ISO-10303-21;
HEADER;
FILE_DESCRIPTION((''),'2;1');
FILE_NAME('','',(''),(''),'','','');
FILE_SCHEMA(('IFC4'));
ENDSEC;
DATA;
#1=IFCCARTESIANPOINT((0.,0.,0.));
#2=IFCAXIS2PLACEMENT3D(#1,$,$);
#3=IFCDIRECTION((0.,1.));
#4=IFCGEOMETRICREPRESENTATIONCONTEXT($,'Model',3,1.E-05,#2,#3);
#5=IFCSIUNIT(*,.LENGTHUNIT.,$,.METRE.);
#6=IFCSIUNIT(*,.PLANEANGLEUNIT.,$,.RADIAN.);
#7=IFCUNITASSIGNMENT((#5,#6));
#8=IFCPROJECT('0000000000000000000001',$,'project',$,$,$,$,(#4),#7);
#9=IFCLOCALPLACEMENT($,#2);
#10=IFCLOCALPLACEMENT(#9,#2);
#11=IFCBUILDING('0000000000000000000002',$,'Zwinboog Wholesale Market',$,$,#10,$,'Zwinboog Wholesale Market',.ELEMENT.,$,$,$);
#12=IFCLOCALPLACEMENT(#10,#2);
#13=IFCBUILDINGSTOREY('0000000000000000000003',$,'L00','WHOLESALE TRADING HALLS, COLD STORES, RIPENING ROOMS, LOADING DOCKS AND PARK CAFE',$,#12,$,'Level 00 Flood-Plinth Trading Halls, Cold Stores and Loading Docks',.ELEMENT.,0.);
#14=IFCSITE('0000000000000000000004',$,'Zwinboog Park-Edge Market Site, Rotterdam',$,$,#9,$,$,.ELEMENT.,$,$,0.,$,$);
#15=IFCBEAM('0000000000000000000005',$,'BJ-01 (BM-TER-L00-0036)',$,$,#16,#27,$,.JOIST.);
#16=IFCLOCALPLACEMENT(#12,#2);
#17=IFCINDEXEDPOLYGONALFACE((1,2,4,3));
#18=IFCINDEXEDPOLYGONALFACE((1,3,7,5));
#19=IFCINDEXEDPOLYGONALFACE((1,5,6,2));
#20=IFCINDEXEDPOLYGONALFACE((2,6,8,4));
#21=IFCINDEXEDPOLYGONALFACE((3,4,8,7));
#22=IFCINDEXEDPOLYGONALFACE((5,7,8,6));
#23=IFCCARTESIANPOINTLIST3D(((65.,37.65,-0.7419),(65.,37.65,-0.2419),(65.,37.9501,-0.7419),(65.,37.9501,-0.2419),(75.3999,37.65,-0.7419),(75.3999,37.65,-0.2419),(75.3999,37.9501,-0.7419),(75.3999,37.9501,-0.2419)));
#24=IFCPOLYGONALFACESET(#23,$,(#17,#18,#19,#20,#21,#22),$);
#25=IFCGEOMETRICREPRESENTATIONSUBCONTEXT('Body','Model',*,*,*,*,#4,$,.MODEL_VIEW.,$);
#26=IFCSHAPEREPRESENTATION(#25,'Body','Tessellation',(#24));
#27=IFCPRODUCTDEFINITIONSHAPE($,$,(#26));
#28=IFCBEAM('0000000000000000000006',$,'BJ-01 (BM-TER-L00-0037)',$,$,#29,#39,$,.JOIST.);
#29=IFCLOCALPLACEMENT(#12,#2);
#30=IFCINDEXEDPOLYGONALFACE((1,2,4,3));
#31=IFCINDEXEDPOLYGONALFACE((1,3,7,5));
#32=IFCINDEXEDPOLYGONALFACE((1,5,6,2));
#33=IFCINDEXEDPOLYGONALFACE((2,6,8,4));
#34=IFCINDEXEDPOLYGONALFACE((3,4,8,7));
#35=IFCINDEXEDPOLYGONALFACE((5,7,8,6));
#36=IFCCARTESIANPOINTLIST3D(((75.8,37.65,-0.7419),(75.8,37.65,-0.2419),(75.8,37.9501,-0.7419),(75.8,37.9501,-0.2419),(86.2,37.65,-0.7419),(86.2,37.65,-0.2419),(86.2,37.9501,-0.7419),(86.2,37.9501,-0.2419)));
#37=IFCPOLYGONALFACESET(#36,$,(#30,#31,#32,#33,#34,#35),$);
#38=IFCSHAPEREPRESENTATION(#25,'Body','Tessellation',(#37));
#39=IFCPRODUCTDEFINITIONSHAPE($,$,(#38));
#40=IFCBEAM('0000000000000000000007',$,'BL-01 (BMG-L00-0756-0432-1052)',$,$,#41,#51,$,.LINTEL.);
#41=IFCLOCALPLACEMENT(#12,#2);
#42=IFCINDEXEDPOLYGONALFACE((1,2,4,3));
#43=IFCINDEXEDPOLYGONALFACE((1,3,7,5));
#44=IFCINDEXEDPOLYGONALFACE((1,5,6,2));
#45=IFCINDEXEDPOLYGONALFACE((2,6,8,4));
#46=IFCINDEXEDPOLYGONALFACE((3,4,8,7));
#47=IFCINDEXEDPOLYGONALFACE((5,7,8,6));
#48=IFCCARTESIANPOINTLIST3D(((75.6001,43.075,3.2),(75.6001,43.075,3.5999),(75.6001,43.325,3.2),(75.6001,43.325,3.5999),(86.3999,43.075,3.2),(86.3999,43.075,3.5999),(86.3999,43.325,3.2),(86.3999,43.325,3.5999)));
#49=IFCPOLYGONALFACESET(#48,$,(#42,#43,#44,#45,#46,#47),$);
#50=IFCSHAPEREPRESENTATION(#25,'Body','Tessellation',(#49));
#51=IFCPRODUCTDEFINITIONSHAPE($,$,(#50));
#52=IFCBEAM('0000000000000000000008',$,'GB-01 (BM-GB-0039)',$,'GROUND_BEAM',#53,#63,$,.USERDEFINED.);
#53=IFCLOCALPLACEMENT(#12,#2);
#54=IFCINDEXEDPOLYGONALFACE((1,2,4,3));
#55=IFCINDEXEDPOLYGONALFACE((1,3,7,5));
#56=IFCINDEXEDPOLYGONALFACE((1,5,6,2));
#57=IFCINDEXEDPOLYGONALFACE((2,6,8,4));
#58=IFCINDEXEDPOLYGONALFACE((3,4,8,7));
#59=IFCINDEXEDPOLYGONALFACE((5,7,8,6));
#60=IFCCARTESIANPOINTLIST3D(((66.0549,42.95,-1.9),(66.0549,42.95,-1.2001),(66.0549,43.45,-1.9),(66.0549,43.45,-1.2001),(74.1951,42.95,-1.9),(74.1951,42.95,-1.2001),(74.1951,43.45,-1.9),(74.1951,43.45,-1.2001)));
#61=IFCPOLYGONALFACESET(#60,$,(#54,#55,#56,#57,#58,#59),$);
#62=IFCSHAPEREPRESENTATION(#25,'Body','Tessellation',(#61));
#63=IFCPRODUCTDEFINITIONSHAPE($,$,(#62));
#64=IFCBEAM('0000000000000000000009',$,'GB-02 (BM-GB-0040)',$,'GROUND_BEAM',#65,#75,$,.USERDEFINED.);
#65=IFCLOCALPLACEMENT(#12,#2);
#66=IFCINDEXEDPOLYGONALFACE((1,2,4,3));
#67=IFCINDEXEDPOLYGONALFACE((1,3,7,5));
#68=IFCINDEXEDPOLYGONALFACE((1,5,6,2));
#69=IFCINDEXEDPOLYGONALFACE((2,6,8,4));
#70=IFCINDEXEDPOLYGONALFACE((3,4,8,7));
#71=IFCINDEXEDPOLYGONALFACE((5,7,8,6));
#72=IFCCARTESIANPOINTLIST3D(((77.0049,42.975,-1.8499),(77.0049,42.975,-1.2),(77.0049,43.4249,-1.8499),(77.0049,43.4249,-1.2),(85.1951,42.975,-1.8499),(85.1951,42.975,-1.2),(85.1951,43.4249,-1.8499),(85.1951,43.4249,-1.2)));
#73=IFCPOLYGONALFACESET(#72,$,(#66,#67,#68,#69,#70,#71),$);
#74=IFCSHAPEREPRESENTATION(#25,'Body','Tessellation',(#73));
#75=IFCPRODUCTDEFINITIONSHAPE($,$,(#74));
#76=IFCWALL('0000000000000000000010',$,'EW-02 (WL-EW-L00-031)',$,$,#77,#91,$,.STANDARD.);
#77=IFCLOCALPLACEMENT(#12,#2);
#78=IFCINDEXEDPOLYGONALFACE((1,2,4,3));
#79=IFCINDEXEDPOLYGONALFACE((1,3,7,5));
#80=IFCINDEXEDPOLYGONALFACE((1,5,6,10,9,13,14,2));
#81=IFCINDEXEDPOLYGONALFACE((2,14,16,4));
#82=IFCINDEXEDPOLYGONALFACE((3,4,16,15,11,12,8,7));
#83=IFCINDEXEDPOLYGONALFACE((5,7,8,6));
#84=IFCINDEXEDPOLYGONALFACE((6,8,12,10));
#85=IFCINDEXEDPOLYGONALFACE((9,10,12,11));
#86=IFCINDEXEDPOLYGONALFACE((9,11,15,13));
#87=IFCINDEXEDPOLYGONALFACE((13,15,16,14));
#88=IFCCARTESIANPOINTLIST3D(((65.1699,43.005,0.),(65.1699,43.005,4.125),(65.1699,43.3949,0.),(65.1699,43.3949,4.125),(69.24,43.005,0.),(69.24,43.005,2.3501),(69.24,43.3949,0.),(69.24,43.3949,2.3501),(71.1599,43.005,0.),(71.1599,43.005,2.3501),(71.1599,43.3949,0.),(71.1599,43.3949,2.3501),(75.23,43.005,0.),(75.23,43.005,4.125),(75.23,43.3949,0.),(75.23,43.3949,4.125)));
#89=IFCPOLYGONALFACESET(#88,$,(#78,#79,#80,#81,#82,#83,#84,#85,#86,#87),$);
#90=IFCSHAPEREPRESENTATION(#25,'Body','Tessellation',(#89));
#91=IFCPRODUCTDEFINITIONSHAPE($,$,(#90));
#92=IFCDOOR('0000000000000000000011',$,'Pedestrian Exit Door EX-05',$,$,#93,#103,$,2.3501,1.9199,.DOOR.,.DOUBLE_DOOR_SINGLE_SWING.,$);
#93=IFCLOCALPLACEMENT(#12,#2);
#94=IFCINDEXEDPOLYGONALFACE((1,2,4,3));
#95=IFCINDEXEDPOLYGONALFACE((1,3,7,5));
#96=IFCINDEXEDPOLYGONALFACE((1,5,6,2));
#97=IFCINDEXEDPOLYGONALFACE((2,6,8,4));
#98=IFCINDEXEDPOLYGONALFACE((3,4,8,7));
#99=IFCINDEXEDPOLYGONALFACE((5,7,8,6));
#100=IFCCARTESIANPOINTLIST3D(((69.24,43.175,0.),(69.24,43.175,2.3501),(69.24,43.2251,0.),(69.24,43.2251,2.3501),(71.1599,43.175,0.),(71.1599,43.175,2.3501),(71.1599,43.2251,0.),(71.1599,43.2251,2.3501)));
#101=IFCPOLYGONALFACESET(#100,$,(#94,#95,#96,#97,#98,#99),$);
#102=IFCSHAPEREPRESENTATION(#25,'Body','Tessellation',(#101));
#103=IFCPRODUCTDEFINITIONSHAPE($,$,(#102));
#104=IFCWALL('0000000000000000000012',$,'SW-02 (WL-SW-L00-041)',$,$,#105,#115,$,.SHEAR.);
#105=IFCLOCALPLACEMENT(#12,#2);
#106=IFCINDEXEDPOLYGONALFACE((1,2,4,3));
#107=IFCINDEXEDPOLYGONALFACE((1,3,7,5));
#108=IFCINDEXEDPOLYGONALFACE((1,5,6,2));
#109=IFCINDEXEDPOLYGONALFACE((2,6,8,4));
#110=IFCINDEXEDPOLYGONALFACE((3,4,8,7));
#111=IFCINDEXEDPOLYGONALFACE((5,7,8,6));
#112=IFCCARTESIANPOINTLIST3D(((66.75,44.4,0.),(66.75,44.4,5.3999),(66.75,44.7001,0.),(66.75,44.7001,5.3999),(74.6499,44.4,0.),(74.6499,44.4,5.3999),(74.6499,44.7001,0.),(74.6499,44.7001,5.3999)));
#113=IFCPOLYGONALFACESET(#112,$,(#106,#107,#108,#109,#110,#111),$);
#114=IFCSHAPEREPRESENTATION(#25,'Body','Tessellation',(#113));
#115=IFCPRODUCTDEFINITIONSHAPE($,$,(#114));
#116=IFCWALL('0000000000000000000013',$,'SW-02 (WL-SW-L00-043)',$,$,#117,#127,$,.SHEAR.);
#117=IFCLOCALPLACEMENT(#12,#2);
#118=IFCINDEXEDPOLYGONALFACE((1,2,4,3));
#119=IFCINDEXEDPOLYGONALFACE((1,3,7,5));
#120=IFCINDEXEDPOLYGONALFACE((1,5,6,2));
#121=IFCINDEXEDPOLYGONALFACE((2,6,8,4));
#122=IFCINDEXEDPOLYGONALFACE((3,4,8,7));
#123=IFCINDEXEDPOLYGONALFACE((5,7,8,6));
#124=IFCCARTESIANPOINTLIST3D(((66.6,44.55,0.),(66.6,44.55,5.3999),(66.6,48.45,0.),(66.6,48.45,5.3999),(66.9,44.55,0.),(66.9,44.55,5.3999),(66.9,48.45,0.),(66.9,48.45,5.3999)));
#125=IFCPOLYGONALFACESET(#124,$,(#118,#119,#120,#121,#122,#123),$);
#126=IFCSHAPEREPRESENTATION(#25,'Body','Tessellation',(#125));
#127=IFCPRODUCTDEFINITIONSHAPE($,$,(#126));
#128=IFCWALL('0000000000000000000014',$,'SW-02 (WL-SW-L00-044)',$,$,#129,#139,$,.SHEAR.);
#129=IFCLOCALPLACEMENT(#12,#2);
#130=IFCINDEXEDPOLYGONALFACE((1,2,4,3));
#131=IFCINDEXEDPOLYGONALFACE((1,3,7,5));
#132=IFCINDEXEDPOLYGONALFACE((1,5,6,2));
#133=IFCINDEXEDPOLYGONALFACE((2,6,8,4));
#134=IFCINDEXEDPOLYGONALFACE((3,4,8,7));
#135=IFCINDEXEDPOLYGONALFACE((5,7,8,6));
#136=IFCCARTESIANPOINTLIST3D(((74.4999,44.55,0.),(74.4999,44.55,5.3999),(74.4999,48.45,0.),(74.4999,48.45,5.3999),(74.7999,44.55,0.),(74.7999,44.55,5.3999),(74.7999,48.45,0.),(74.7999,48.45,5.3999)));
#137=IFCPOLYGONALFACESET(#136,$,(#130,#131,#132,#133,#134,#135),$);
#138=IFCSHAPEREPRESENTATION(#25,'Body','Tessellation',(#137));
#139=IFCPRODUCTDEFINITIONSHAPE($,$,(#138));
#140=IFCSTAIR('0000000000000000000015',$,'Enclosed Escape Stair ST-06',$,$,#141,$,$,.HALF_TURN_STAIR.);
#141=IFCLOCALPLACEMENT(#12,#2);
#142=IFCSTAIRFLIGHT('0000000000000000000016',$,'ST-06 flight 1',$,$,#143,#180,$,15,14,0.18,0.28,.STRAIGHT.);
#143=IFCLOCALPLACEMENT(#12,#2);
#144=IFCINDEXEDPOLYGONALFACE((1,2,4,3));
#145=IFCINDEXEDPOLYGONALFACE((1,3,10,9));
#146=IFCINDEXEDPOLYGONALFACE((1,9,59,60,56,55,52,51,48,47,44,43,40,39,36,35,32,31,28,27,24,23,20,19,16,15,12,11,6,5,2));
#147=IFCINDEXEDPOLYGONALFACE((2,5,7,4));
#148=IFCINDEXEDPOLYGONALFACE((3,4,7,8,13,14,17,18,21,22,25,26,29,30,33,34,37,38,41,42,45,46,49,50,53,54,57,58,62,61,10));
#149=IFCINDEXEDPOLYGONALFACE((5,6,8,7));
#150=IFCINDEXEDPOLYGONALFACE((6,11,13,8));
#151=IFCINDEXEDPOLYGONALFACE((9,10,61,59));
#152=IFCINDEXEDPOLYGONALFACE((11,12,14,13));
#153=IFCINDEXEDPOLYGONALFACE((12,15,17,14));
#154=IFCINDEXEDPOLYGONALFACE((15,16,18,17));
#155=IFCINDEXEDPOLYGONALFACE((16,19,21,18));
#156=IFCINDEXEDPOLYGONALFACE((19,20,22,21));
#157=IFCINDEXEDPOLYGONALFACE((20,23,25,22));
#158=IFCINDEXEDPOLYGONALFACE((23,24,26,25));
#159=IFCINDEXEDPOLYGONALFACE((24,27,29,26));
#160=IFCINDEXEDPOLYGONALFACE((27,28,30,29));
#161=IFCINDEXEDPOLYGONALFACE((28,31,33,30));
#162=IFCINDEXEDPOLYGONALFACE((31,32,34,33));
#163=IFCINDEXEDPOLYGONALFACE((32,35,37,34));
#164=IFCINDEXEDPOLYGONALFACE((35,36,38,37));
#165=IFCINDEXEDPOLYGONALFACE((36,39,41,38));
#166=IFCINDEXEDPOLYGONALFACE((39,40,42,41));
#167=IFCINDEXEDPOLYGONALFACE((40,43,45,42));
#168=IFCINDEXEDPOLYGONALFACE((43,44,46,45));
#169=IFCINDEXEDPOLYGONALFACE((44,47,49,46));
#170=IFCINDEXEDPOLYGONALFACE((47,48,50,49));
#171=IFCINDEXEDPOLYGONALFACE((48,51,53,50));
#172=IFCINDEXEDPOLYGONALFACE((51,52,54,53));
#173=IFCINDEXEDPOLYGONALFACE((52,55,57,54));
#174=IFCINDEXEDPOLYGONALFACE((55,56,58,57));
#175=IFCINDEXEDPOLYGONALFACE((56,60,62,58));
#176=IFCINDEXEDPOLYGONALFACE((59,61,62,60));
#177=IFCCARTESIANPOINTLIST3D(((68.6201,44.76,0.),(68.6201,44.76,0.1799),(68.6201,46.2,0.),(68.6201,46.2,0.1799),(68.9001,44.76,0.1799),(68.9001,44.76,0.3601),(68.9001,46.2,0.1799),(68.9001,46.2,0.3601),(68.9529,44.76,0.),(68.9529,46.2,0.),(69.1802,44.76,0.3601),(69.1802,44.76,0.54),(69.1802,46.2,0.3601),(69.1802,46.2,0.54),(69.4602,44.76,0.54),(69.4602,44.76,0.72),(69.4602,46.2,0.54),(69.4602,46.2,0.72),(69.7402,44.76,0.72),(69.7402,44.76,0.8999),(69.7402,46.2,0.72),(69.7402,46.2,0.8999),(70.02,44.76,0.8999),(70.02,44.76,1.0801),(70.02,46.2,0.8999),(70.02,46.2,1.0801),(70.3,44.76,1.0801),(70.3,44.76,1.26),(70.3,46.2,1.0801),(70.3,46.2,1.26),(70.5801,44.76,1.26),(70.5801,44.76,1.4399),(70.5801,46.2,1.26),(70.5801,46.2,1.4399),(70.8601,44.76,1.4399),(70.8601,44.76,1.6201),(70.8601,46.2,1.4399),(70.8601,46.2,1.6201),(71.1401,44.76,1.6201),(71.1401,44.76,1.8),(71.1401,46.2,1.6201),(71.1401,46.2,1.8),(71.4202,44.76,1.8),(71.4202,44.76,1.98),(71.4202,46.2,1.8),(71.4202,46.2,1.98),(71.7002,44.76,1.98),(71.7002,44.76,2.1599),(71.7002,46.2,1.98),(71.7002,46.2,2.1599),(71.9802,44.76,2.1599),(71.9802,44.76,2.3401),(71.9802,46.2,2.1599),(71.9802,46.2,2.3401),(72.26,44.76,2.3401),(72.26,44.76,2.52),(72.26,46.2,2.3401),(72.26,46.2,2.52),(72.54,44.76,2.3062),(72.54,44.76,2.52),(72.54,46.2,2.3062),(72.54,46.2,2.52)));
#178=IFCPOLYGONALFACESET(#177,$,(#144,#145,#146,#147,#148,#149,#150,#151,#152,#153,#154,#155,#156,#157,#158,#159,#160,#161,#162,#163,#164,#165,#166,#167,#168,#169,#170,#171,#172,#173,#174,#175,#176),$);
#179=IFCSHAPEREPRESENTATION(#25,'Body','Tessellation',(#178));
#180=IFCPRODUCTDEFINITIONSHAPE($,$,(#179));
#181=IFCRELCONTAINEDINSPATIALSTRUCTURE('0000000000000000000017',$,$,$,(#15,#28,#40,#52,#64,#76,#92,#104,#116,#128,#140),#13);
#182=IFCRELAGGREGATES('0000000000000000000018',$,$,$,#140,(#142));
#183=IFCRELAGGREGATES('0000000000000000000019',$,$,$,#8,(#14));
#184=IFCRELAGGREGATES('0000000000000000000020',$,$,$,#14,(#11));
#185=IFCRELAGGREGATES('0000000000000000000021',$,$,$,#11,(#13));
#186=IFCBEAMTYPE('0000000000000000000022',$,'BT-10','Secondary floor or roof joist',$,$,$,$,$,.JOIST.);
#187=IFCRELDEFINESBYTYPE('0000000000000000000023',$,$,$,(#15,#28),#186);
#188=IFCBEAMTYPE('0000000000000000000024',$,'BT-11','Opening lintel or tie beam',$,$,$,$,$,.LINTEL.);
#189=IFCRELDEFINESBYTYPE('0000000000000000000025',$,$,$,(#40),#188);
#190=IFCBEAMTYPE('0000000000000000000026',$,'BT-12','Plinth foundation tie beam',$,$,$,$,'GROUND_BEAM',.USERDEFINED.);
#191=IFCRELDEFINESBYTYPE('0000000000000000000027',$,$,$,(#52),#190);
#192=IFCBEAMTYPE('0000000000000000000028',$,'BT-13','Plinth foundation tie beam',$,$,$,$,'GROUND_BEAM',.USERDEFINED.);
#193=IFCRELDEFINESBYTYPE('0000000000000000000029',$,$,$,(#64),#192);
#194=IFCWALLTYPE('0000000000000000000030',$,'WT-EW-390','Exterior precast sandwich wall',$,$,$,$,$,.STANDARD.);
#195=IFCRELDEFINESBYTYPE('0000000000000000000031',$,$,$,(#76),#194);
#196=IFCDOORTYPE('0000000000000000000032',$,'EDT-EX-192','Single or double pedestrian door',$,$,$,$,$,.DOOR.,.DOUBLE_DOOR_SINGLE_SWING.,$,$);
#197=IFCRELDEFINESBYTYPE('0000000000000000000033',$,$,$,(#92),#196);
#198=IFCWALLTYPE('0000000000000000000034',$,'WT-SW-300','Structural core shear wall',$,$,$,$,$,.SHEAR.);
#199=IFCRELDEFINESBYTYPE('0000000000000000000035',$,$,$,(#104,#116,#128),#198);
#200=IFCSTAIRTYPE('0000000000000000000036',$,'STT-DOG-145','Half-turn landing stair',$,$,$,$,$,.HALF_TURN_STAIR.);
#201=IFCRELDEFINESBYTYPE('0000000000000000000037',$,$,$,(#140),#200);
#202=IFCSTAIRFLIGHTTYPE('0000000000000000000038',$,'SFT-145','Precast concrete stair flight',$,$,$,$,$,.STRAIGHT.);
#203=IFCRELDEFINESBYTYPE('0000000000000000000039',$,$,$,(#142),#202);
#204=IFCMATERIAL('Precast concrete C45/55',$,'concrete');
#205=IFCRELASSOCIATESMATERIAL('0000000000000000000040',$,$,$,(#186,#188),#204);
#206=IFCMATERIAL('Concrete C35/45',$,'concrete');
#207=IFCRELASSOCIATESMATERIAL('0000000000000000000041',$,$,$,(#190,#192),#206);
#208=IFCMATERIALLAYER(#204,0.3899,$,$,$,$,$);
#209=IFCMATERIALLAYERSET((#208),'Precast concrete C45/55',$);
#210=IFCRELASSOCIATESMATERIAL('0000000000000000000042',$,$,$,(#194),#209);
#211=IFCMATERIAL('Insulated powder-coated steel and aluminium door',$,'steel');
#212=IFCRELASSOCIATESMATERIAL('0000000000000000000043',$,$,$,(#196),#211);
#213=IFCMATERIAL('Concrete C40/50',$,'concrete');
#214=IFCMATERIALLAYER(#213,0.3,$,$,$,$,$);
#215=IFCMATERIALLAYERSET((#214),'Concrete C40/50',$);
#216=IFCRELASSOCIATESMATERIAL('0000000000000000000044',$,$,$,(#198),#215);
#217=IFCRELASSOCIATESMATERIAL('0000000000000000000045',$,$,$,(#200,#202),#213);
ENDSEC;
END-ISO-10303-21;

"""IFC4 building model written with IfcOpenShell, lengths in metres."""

from ifc_helpers import new_model, si_unit, direction, frame, frame_2d, origin, origin_2d, place, context, subcontext, project, spatial, polyline, rectangle, outline, extrude, material, layer, layer_set, material_profile, profile_set, type_object, element, fill, aggregate, save


model = new_model("IFC4")

# Units and contexts
model_context = context("Model", 3, precision=1e-05, world=origin(), true_north=direction((0.0, 1.0)))
body_context = subcontext(model_context, "Body", "Model", "MODEL_VIEW")
ifc_project = project(units=[si_unit("LENGTHUNIT", "METRE"), si_unit("PLANEANGLEUNIT", "RADIAN")], contexts=[model_context])

# Site, building, storey
site_placement = place(None, origin())
site = spatial("IfcSite", under=ifc_project, at=site_placement, Name="Zwinboog Park-Edge Market Site, Rotterdam", CompositionType="ELEMENT", RefElevation=0.0)
building_placement = place(site_placement, origin())
building = spatial("IfcBuilding", under=site, at=building_placement, Name="Zwinboog Wholesale Market", LongName="Zwinboog Wholesale Market", CompositionType="ELEMENT")
storey_placement = place(building_placement, origin())
storey = spatial("IfcBuildingStorey", under=building, at=storey_placement, Name="L00", Description="WHOLESALE TRADING HALLS, COLD STORES, RIPENING ROOMS, LOADING DOCKS AND PARK CAFE", LongName="Level 00 Flood-Plinth Trading Halls, Cold Stores and Loading Docks", CompositionType="ELEMENT", Elevation=0.0)

# Shared definitions
ifc_material_1 = material(Name="Concrete C40/50", Category="concrete")

# Shared definitions
ifc_material_2 = material(Name="Concrete C35/45", Category="concrete")

# Shared definitions
ifc_material_3 = material(Name="Precast concrete C45/55", Category="concrete")

# Beams
ifc_material_profile_1 = material_profile(ifc_material_3, rectangle(XDim=0.3, YDim=0.5, at=origin_2d()), Name="PC 300x500")
ifc_profile_set_1 = profile_set([ifc_material_profile_1], Name="Precast concrete C45/55")
beam_type_1 = type_object("IfcBeamType", Name="BT-10", Description="Secondary floor or roof joist", PredefinedType="JOIST", material=ifc_profile_set_1)
for number, where, z_axis, x_axis, name in (
    (1, (65.0, 37.8, -0.4919), (1.0, 0.0, 0.0), (0.0, 1.0, 0.0), "BJ-01 (BM-TER-L00-0036)"),
    (2, (75.8, 37.8, -0.4919), (1.0, 0.0, 0.0), (0.0, 1.0, 0.0), "BJ-01 (BM-TER-L00-0037)"),
):
    element("IfcBeam", number, at=place(storey_placement, frame(where, z_axis=z_axis, x_axis=x_axis)), inside=storey, type_object=beam_type_1, Name=name, PredefinedType="JOIST", context=body_context, shape_type="SweptSolid", body=[
        extrude(rectangle(XDim=0.3, YDim=0.5, at=origin_2d()), origin(), (0.0, 0.0, 1.0), 10.3999),
    ])
ifc_material_profile_2 = material_profile(ifc_material_3, rectangle(XDim=0.25, YDim=0.3999, at=origin_2d()), Name="PC 250x400")
ifc_profile_set_2 = profile_set([ifc_material_profile_2], Name="Precast concrete C45/55")
beam_type_2 = type_object("IfcBeamType", Name="BT-11", Description="Opening lintel or tie beam", PredefinedType="LINTEL", material=ifc_profile_set_2)
beam_1_placement = place(storey_placement, frame((75.6001, 43.2, 3.3999), z_axis=(1.0, 0.0, 0.0), x_axis=(0.0, 1.0, 0.0)))
element("IfcBeam", 3, at=beam_1_placement, inside=storey, type_object=beam_type_2, Name="BL-01 (BMG-L00-0756-0432-1052)", PredefinedType="LINTEL", context=body_context, shape_type="SweptSolid", body=[
    extrude(rectangle(XDim=0.25, YDim=0.3999, at=origin_2d()), origin(), (0.0, 0.0, 1.0), 10.7998),
])
ifc_material_profile_3 = material_profile(ifc_material_2, rectangle(XDim=0.5, YDim=0.7, at=origin_2d()), Name="RC 500x700")
ifc_profile_set_3 = profile_set([ifc_material_profile_3], Name="Concrete C35/45")
beam_type_3 = type_object("IfcBeamType", Name="BT-12", Description="Plinth foundation tie beam", ElementType="GROUND_BEAM", PredefinedType="USERDEFINED", material=ifc_profile_set_3)
beam_2_placement = place(storey_placement, frame((66.0549, 43.2, -1.55), z_axis=(1.0, 0.0, 0.0), x_axis=(0.0, 1.0, 0.0)))
element("IfcBeam", 4, at=beam_2_placement, inside=storey, type_object=beam_type_3, Name="GB-01 (BM-GB-0039)", ObjectType="GROUND_BEAM", PredefinedType="USERDEFINED", context=body_context, shape_type="SweptSolid", body=[
    extrude(rectangle(XDim=0.5, YDim=0.7, at=origin_2d()), origin(), (0.0, 0.0, 1.0), 8.1401),
])
ifc_material_profile_4 = material_profile(ifc_material_2, rectangle(XDim=0.45, YDim=0.6499, at=origin_2d()), Name="RC 450x650")
ifc_profile_set_4 = profile_set([ifc_material_profile_4], Name="Concrete C35/45")
beam_type_4 = type_object("IfcBeamType", Name="BT-13", Description="Plinth foundation tie beam", ElementType="GROUND_BEAM", PredefinedType="USERDEFINED", material=ifc_profile_set_4)
beam_3_placement = place(storey_placement, frame((77.0049, 43.2, -1.5249), z_axis=(1.0, 0.0, 0.0), x_axis=(0.0, 1.0, 0.0)))
element("IfcBeam", 5, at=beam_3_placement, inside=storey, type_object=beam_type_4, Name="GB-02 (BM-GB-0040)", ObjectType="GROUND_BEAM", PredefinedType="USERDEFINED", context=body_context, shape_type="SweptSolid", body=[
    extrude(rectangle(XDim=0.45, YDim=0.6499, at=origin_2d()), origin(), (0.0, 0.0, 1.0), 8.1902),
])

# Wall, opening, door
ifc_layer_1 = layer(ifc_material_3, 0.3899)
ifc_layer_set_1 = layer_set([ifc_layer_1], Name="Precast concrete C45/55")
wall_type_1 = type_object("IfcWallType", Name="WT-EW-390", Description="Exterior precast sandwich wall", PredefinedType="STANDARD", material=ifc_layer_set_1)
wall_1_placement = place(storey_placement, frame((65.1699, 43.2, 0.0), z_axis=(0.0, 0.0, 1.0), x_axis=(1.0, 0.0, 0.0)))
wall_1 = element("IfcWall", 6, at=wall_1_placement, inside=storey, type_object=wall_type_1, Name="EW-02 (WL-EW-L00-031)", PredefinedType="STANDARD", context=body_context, shape_type="SweptSolid", body=[
    extrude(rectangle(XDim=10.0601, YDim=0.3899, at=frame_2d((5.03, 0.0))), origin(), (0.0, 0.0, 1.0), 4.125),
])
opening_1_placement = place(wall_1_placement, frame((4.0701, 0.0, 0.0)))
opening_1 = element("IfcOpeningElement", 7, at=opening_1_placement, cuts=wall_1, PredefinedType="OPENING", context=body_context, shape_type="SweptSolid", body=[
    extrude(rectangle(XDim=1.9199, YDim=2.3501, at=frame_2d((0.96, 1.175))), frame((0.0, 0.2048, 0.0), z_axis=(0.0, -1.0, 0.0), x_axis=(1.0, 0.0, 0.0)), (0.0, 0.0, 1.0), 0.4099),
])
ifc_material_4 = material(Name="Insulated powder-coated steel and aluminium door", Category="steel")
door_type_1 = type_object("IfcDoorType", Name="EDT-EX-192", Description="Single or double pedestrian door", OperationType="DOUBLE_DOOR_SINGLE_SWING", PredefinedType="DOOR", material=ifc_material_4)
door_1_placement = place(opening_1_placement, frame((1.9199, 0.0, 0.0), z_axis=(0.0, 0.0, 1.0), x_axis=(-1.0, 0.0, 0.0)))
door_1 = element("IfcDoor", 8, at=door_1_placement, inside=storey, type_object=door_type_1, Name="Pedestrian Exit Door EX-05", OperationType="DOUBLE_DOOR_SINGLE_SWING", OverallHeight=2.3501, OverallWidth=1.9199, PredefinedType="DOOR", context=body_context, shape_type="SweptSolid", body=[
    extrude(rectangle(XDim=1.9199, YDim=2.3501, at=frame_2d((0.96, 1.175))), frame((0.0, 0.0249, 0.0), z_axis=(0.0, -1.0, 0.0), x_axis=(1.0, 0.0, 0.0)), (0.0, 0.0, 1.0), 0.05),
])
fill(opening_1, door_1)

# Walls
ifc_layer_2 = layer(ifc_material_1, 0.3)
ifc_layer_set_2 = layer_set([ifc_layer_2], Name="Concrete C40/50")
wall_type_2 = type_object("IfcWallType", Name="WT-SW-300", Description="Structural core shear wall", PredefinedType="SHEAR", material=ifc_layer_set_2)
wall_2_placement = place(storey_placement, frame((66.75, 44.55, 0.0), z_axis=(0.0, 0.0, 1.0), x_axis=(1.0, 0.0, 0.0)))
element("IfcWall", 9, at=wall_2_placement, inside=storey, type_object=wall_type_2, Name="SW-02 (WL-SW-L00-041)", PredefinedType="SHEAR", context=body_context, shape_type="SweptSolid", body=[
    extrude(rectangle(XDim=7.8999, YDim=0.3, at=frame_2d((3.95, 0.0))), origin(), (0.0, 0.0, 1.0), 5.3999),
])
for number, where, z_axis, x_axis, name in (
    (10, (66.75, 44.55, 0.0), (0.0, 0.0, 1.0), (0.0, 1.0, 0.0), "SW-02 (WL-SW-L00-043)"),
    (11, (74.6499, 44.55, 0.0), (0.0, 0.0, 1.0), (0.0, 1.0, 0.0), "SW-02 (WL-SW-L00-044)"),
):
    element("IfcWall", number, at=place(storey_placement, frame(where, z_axis=z_axis, x_axis=x_axis)), inside=storey, type_object=wall_type_2, Name=name, PredefinedType="SHEAR", context=body_context, shape_type="SweptSolid", body=[
        extrude(rectangle(XDim=3.8999, YDim=0.3, at=frame_2d((1.95, 0.0))), origin(), (0.0, 0.0, 1.0), 5.3999),
    ])

# Stair, stair flight
stair_type = type_object("IfcStairType", Name="STT-DOG-145", Description="Half-turn landing stair", PredefinedType="HALF_TURN_STAIR", material=ifc_material_1)
stair_placement = place(storey_placement, origin())
stair = element("IfcStair", 12, at=stair_placement, inside=storey, type_object=stair_type, Name="Enclosed Escape Stair ST-06", PredefinedType="HALF_TURN_STAIR")
stair_flight_type = type_object("IfcStairFlightType", Name="SFT-145", Description="Precast concrete stair flight", PredefinedType="STRAIGHT", material=ifc_material_1)
stair_flight_placement = place(storey_placement, frame((68.6201, 45.48, 0.0), z_axis=(0.0, 0.0, 1.0), x_axis=(1.0, 0.0, 0.0)))
stair_flight = element("IfcStairFlight", 13, at=stair_flight_placement, type_object=stair_flight_type, Name="ST-06 flight 1", NumberOfRisers=15, NumberOfTreads=14, PredefinedType="STRAIGHT", RiserHeight=0.18, TreadLength=0.28, context=body_context, shape_type="SweptSolid", body=[
    extrude(outline(polyline([(0.0, 0.0), (0.0, 0.1799), (0.28, 0.1799), (0.28, 0.3601), (0.5601, 0.3601), (0.5601, 0.54), (0.8401, 0.54), (0.8401, 0.72), (1.1201, 0.72), (1.1201, 0.8999), (1.3999, 0.8999), (1.3999, 1.0801), (1.6799, 1.0801), (1.6799, 1.26), (1.96, 1.26), (1.96, 1.4399), (2.24, 1.4399), (2.24, 1.6201), (2.52, 1.6201), (2.52, 1.8), (2.8, 1.8), (2.8, 1.98), (3.0801, 1.98), (3.0801, 2.1599), (3.3601, 2.1599), (3.3601, 2.3401), (3.6399, 2.3401), (3.6399, 2.52), (3.9199, 2.52), (3.9199, 2.7), (3.9199, 2.3062), (0.3328, 0.0), (0.0, 0.0)])), frame((0.0, 0.72, 0.0), z_axis=(0.0, -1.0, 0.0), x_axis=(1.0, 0.0, 0.0)), (0.0, 0.0, 1.0), 1.4399),
])
aggregate(stair, [stair_flight])

save(model, "model.ifc")
